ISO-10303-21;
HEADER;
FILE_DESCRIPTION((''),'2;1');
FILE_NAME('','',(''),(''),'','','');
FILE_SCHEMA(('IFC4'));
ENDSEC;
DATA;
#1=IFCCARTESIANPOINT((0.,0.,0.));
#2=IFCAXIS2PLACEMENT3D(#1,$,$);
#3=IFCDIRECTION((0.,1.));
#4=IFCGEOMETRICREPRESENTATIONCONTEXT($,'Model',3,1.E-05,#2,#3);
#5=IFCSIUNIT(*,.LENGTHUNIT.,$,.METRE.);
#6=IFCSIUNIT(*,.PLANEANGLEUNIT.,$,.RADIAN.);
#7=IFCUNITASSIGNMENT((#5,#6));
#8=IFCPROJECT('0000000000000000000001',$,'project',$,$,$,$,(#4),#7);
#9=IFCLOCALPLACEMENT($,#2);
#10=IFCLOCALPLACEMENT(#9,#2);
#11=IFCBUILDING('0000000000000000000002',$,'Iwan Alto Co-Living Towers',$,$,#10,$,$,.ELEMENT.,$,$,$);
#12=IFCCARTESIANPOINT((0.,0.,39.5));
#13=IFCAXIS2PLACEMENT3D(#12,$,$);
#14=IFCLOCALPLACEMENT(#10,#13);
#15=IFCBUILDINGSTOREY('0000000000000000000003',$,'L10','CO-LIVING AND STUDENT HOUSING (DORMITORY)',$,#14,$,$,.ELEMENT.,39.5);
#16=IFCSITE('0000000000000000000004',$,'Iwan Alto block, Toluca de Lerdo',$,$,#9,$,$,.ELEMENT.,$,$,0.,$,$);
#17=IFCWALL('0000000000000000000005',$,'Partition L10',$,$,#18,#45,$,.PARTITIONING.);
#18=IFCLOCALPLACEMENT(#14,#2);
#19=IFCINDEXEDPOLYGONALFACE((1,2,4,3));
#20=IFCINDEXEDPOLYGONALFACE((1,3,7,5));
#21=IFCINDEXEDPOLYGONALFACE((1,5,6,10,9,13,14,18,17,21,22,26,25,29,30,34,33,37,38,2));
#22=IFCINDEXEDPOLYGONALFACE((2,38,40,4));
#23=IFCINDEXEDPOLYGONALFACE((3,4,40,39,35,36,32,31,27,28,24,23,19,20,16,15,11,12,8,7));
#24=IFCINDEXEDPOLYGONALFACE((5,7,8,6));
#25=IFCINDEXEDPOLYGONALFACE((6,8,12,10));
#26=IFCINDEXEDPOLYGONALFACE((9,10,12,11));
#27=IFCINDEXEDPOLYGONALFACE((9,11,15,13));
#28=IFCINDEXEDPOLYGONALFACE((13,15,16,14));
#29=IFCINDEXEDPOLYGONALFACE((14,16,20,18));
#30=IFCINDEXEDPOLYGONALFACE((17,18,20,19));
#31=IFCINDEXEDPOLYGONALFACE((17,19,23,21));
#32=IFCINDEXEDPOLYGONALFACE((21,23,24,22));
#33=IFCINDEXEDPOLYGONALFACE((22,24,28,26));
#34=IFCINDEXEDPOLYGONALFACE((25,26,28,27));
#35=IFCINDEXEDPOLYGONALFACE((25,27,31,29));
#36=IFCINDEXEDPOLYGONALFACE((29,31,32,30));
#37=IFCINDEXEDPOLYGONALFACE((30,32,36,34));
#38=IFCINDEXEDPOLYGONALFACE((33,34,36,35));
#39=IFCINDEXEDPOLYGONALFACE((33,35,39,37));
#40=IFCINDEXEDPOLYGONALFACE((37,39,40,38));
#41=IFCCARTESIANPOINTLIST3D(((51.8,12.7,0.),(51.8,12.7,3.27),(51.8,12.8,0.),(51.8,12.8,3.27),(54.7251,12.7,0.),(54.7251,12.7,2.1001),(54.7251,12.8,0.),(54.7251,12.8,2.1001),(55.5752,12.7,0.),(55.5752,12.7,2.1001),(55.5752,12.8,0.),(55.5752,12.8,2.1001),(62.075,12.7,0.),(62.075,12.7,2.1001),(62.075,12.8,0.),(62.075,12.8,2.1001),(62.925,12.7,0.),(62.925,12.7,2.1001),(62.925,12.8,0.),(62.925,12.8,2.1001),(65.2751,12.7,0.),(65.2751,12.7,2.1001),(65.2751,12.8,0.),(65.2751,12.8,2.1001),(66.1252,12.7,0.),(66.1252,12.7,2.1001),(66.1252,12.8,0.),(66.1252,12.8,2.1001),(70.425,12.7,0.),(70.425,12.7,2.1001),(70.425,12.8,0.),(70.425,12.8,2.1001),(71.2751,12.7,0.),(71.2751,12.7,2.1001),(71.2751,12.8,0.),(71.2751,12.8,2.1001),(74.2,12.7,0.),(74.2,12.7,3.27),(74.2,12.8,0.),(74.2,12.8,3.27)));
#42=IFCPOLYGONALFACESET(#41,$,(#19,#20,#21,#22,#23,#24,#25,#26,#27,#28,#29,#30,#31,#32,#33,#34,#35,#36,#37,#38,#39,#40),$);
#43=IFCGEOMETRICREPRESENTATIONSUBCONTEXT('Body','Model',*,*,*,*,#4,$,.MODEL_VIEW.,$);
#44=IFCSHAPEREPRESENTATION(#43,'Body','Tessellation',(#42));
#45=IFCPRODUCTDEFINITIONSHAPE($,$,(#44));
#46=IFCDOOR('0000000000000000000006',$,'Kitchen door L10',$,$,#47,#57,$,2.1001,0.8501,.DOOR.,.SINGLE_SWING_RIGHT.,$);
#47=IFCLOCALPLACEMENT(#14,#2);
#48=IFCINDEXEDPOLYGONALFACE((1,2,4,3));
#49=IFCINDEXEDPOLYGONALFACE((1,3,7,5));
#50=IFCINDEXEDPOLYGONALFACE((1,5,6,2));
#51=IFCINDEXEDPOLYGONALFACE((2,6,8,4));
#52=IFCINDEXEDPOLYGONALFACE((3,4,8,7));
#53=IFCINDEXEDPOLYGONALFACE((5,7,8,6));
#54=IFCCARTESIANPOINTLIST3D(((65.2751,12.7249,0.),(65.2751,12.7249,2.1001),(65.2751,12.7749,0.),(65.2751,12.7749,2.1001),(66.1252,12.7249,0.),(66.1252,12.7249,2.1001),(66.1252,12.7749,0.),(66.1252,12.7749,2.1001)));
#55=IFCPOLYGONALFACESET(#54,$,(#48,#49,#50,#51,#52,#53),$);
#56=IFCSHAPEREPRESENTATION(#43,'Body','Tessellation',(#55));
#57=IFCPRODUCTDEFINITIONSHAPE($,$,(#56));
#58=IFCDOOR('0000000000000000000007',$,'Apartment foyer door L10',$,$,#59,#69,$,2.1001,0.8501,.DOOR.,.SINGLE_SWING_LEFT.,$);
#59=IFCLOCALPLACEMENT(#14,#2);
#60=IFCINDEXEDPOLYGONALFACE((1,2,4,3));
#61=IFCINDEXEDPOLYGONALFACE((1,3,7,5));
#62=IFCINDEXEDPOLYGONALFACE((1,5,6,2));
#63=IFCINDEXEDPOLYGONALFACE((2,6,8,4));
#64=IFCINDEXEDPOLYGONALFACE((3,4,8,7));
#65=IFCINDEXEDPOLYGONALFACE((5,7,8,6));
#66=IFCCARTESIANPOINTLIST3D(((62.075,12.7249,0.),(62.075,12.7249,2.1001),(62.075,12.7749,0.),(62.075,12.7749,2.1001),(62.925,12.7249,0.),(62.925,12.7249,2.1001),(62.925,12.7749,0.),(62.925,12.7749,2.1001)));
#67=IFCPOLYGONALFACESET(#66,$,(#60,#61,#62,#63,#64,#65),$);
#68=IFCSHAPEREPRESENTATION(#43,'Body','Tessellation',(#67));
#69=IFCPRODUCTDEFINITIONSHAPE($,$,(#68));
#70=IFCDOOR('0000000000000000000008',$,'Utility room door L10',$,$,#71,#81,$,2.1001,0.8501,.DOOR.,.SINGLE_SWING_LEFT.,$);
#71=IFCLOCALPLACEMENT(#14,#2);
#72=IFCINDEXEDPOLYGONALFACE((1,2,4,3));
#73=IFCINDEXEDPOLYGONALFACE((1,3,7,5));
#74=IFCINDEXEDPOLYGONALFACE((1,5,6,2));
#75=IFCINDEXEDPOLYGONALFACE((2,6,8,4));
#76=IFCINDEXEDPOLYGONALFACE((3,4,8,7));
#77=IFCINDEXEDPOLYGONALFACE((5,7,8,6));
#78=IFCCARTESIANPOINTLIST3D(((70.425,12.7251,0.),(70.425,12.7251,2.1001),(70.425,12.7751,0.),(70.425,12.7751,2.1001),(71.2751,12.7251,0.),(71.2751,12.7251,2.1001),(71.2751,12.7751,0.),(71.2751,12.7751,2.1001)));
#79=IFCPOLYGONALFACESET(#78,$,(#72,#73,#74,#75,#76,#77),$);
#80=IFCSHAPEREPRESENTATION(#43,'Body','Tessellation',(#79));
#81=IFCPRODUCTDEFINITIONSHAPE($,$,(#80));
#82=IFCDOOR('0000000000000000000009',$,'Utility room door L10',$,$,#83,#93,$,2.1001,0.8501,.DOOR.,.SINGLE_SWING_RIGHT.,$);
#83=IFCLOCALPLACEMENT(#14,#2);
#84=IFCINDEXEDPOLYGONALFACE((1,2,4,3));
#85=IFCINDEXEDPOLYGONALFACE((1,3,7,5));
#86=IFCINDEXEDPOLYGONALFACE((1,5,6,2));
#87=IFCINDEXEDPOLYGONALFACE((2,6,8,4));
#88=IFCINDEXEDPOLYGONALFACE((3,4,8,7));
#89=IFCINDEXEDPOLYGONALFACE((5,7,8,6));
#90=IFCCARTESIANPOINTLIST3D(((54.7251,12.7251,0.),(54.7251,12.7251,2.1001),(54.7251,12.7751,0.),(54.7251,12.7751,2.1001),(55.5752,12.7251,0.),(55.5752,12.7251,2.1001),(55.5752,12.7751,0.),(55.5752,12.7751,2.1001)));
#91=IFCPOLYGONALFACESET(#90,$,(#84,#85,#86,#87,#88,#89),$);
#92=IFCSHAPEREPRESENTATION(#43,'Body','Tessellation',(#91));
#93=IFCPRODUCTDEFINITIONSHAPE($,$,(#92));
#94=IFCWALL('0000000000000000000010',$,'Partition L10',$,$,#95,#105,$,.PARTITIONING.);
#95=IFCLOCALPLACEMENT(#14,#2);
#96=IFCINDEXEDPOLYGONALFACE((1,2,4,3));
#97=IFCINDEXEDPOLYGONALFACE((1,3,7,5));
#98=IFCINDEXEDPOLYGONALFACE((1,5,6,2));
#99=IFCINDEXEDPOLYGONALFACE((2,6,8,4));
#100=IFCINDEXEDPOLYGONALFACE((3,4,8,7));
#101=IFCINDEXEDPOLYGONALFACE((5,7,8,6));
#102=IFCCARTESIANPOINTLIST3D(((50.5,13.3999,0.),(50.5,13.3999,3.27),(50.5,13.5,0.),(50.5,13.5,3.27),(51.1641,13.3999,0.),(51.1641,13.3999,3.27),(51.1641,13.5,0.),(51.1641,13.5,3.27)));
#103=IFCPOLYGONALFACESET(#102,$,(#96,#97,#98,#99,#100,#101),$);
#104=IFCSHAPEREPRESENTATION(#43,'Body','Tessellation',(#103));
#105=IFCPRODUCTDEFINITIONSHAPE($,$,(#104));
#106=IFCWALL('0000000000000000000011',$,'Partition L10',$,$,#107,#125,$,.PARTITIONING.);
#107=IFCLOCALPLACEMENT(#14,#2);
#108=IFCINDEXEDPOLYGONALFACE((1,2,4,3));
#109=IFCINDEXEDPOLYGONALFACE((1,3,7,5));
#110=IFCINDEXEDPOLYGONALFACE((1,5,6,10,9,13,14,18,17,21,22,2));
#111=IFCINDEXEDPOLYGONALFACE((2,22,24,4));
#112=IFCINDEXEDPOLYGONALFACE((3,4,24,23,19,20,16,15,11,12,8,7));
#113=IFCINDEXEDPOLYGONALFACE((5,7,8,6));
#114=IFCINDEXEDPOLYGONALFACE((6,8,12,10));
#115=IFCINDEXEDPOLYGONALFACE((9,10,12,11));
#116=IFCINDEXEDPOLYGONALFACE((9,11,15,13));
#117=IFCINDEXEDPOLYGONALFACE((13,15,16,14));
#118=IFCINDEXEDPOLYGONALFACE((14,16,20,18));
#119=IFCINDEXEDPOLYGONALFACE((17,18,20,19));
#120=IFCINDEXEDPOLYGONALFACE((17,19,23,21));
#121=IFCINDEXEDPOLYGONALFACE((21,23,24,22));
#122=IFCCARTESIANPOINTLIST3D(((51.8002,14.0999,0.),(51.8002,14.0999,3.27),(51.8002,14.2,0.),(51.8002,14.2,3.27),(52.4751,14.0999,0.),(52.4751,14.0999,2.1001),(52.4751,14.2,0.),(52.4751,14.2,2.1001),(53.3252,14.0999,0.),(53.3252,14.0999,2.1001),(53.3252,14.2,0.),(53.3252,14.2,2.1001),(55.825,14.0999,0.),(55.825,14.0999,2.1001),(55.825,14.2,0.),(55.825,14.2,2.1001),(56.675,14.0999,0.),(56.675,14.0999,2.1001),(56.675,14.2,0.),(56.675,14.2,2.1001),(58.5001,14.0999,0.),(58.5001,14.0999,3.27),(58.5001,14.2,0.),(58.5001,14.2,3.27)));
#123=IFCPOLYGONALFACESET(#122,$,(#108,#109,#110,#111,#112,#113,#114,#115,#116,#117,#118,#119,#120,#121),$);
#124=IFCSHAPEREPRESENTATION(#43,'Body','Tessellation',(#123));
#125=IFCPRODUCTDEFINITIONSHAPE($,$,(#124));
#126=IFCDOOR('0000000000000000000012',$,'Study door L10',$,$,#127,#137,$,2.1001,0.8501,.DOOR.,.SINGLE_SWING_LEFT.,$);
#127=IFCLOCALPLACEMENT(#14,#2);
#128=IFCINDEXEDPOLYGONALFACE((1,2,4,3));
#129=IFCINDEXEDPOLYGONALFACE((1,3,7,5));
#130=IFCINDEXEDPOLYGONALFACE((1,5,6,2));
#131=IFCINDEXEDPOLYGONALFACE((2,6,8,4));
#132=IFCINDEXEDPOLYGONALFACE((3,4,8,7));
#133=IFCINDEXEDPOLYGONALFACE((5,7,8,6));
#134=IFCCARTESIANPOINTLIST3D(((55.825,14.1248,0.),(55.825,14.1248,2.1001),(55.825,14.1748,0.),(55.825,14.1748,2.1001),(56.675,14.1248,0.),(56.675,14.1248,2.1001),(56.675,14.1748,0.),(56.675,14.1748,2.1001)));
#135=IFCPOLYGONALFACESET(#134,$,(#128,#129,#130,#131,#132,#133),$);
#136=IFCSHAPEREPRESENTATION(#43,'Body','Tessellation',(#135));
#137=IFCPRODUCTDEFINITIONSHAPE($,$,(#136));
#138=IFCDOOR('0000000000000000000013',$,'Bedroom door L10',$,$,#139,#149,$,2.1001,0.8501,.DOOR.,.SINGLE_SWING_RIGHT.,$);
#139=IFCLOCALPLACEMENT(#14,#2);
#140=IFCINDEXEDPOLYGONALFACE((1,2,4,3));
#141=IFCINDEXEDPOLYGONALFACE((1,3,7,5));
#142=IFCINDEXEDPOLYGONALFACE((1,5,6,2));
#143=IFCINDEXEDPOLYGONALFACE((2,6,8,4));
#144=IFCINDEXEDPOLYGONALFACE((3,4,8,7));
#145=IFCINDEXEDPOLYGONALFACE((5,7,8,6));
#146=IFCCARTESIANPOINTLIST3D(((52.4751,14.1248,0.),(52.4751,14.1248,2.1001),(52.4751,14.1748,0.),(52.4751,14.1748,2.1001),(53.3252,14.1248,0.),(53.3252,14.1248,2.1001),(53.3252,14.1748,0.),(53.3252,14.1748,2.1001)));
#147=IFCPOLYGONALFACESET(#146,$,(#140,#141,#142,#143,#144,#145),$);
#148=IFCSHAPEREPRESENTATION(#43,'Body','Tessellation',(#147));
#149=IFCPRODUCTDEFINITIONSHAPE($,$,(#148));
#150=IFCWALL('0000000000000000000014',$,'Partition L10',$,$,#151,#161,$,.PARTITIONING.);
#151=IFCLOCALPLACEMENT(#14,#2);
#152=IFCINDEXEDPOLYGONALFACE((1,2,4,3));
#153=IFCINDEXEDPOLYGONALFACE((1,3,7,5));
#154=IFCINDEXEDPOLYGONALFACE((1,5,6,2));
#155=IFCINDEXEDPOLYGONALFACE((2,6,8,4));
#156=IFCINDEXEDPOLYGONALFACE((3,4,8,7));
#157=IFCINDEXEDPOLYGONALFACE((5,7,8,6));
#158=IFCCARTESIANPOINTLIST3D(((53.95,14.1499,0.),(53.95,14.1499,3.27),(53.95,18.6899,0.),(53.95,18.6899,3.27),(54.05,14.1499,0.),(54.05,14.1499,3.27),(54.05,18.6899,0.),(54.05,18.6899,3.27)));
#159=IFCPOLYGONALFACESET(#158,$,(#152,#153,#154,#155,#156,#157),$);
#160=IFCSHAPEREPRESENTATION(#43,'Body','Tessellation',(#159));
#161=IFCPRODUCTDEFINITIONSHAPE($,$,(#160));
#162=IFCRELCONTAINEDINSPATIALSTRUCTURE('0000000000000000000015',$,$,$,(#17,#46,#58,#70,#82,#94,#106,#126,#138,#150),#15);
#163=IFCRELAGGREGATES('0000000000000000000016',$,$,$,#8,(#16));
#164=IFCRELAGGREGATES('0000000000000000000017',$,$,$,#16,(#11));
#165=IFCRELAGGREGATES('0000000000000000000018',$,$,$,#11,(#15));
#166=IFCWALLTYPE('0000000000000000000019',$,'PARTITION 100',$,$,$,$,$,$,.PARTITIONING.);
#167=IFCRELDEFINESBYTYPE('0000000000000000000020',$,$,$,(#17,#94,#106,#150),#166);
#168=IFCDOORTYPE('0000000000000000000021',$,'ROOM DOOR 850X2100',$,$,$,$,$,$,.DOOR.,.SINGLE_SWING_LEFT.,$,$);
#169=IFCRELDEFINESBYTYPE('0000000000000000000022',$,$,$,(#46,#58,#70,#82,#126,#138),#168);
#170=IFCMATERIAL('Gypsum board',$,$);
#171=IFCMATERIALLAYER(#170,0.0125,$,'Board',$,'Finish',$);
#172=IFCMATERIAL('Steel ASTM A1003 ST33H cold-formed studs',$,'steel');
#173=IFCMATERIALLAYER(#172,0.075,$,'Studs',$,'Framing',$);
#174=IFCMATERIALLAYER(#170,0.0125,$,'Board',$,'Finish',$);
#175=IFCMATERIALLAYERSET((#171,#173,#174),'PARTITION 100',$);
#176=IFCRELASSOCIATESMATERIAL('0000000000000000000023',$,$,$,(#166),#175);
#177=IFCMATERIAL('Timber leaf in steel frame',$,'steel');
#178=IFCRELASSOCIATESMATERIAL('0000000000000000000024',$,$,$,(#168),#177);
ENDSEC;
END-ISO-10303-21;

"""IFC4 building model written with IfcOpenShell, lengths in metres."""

from ifc_helpers import new_model, si_unit, direction, frame, frame_2d, origin, place, context, subcontext, project, spatial, rectangle, extrude, material, layer, layer_set, type_object, element, fill, save


model = new_model("IFC4")

# Units and contexts
model_context = context("Model", 3, precision=1e-05, world=origin(), true_north=direction((0.0, 1.0)))
body_context = subcontext(model_context, "Body", "Model", "MODEL_VIEW")
ifc_project = project(units=[si_unit("LENGTHUNIT", "METRE"), si_unit("PLANEANGLEUNIT", "RADIAN")], contexts=[model_context])

# Site, building, storey
site_placement = place(None, origin())
site = spatial("IfcSite", under=ifc_project, at=site_placement, Name="Iwan Alto block, Toluca de Lerdo", CompositionType="ELEMENT", RefElevation=0.0)
building_placement = place(site_placement, origin())
building = spatial("IfcBuilding", under=site, at=building_placement, Name="Iwan Alto Co-Living Towers", CompositionType="ELEMENT")
storey_placement = place(building_placement, frame((0.0, 0.0, 39.5)))
storey = spatial("IfcBuildingStorey", under=building, at=storey_placement, Name="L10", Description="CO-LIVING AND STUDENT HOUSING (DORMITORY)", CompositionType="ELEMENT", Elevation=39.5)

# Shared definitions
ifc_material_1 = material(Name="Gypsum board")
ifc_material_2 = material(Name="Steel ASTM A1003 ST33H cold-formed studs", Category="steel")

# Wall, openings, doors
ifc_layer_1 = layer(ifc_material_1, 0.0125, Name="Board", Category="Finish")
ifc_layer_2 = layer(ifc_material_2, 0.075, Name="Studs", Category="Framing")
ifc_layer_3 = layer(ifc_material_1, 0.0125, Name="Board", Category="Finish")
ifc_layer_set_1 = layer_set([ifc_layer_1, ifc_layer_2, ifc_layer_3], Name="PARTITION 100")
wall_type_1 = type_object("IfcWallType", Name="PARTITION 100", PredefinedType="PARTITIONING", material=ifc_layer_set_1)
wall_1_placement = place(storey_placement, frame((51.8, 12.75, 0.0), z_axis=(0.0, 0.0, 1.0), x_axis=(1.0, 0.0, 0.0)))
wall_1 = element("IfcWall", 1, at=wall_1_placement, inside=storey, type_object=wall_type_1, Name="Partition L10", PredefinedType="PARTITIONING", context=body_context, shape_type="SweptSolid", body=[
    extrude(rectangle(XDim=22.3999, YDim=0.1001, at=frame_2d((11.2, 0.0))), origin(), (0.0, 0.0, 1.0), 3.27),
])
opening_1_placement = place(wall_1_placement, frame((13.4751, 0.0, 0.0)))
opening_1 = element("IfcOpeningElement", 2, at=opening_1_placement, cuts=wall_1, PredefinedType="OPENING", context=body_context, shape_type="SweptSolid", body=[
    extrude(rectangle(XDim=0.8501, YDim=2.1001, at=frame_2d((0.425, 1.05))), frame((0.0, 0.0601, 0.0), z_axis=(0.0, -1.0, 0.0), x_axis=(1.0, 0.0, 0.0)), (0.0, 0.0, 1.0), 0.1201),
])
opening_2_placement = place(wall_1_placement, frame((10.2749, 0.0, 0.0)))
opening_2 = element("IfcOpeningElement", 3, at=opening_2_placement, cuts=wall_1, PredefinedType="OPENING", context=body_context, shape_type="SweptSolid", body=[
    extrude(rectangle(XDim=0.8501, YDim=2.1001, at=frame_2d((0.425, 1.05))), frame((0.0, 0.0601, 0.0), z_axis=(0.0, -1.0, 0.0), x_axis=(1.0, 0.0, 0.0)), (0.0, 0.0, 1.0), 0.1201),
])
opening_3_placement = place(wall_1_placement, frame((18.625, 0.0, 0.0)))
opening_3 = element("IfcOpeningElement", 4, at=opening_3_placement, cuts=wall_1, PredefinedType="OPENING", context=body_context, shape_type="SweptSolid", body=[
    extrude(rectangle(XDim=0.8501, YDim=2.1001, at=frame_2d((0.425, 1.05))), frame((0.0, 0.0601, 0.0), z_axis=(0.0, -1.0, 0.0), x_axis=(1.0, 0.0, 0.0)), (0.0, 0.0, 1.0), 0.1201),
])
opening_4_placement = place(wall_1_placement, frame((2.925, 0.0, 0.0)))
opening_4 = element("IfcOpeningElement", 5, at=opening_4_placement, cuts=wall_1, PredefinedType="OPENING", context=body_context, shape_type="SweptSolid", body=[
    extrude(rectangle(XDim=0.8501, YDim=2.1001, at=frame_2d((0.425, 1.05))), frame((0.0, 0.0601, 0.0), z_axis=(0.0, -1.0, 0.0), x_axis=(1.0, 0.0, 0.0)), (0.0, 0.0, 1.0), 0.1201),
])
ifc_material_3 = material(Name="Timber leaf in steel frame", Category="steel")
door_type_1 = type_object("IfcDoorType", Name="ROOM DOOR 850X2100", OperationType="SINGLE_SWING_LEFT", PredefinedType="DOOR", material=ifc_material_3)
door_1_placement = place(opening_1_placement, origin())
door_1 = element("IfcDoor", 6, at=door_1_placement, inside=storey, type_object=door_type_1, Name="Kitchen door L10", OperationType="SINGLE_SWING_RIGHT", OverallHeight=2.1001, OverallWidth=0.8501, PredefinedType="DOOR", context=body_context, shape_type="SweptSolid", body=[
    extrude(rectangle(XDim=0.8501, YDim=2.1001, at=frame_2d((0.425, 1.05))), frame((0.0, 0.0249, 0.0), z_axis=(0.0, -1.0, 0.0), x_axis=(1.0, 0.0, 0.0)), (0.0, 0.0, 1.0), 0.05),
])
fill(opening_1, door_1)
door_2_placement = place(opening_2_placement, origin())
door_2 = element("IfcDoor", 7, at=door_2_placement, inside=storey, type_object=door_type_1, Name="Apartment foyer door L10", OperationType="SINGLE_SWING_LEFT", OverallHeight=2.1001, OverallWidth=0.8501, PredefinedType="DOOR", context=body_context, shape_type="SweptSolid", body=[
    extrude(rectangle(XDim=0.8501, YDim=2.1001, at=frame_2d((0.425, 1.05))), frame((0.0, 0.0249, 0.0), z_axis=(0.0, -1.0, 0.0), x_axis=(1.0, 0.0, 0.0)), (0.0, 0.0, 1.0), 0.05),
])
fill(opening_2, door_2)
door_3_placement = place(opening_3_placement, frame((0.8501, 0.0, 0.0), z_axis=(0.0, 0.0, 1.0), x_axis=(-1.0, 0.0, 0.0)))
door_3 = element("IfcDoor", 8, at=door_3_placement, inside=storey, type_object=door_type_1, Name="Utility room door L10", OperationType="SINGLE_SWING_LEFT", OverallHeight=2.1001, OverallWidth=0.8501, PredefinedType="DOOR", context=body_context, shape_type="SweptSolid", body=[
    extrude(rectangle(XDim=0.8501, YDim=2.1001, at=frame_2d((0.425, 1.05))), frame((0.0, 0.0249, 0.0), z_axis=(0.0, -1.0, 0.0), x_axis=(1.0, 0.0, 0.0)), (0.0, 0.0, 1.0), 0.05),
])
fill(opening_3, door_3)
door_4_placement = place(opening_4_placement, frame((0.8501, 0.0, 0.0), z_axis=(0.0, 0.0, 1.0), x_axis=(-1.0, 0.0, 0.0)))
door_4 = element("IfcDoor", 9, at=door_4_placement, inside=storey, type_object=door_type_1, Name="Utility room door L10", OperationType="SINGLE_SWING_RIGHT", OverallHeight=2.1001, OverallWidth=0.8501, PredefinedType="DOOR", context=body_context, shape_type="SweptSolid", body=[
    extrude(rectangle(XDim=0.8501, YDim=2.1001, at=frame_2d((0.425, 1.05))), frame((0.0, 0.0249, 0.0), z_axis=(0.0, -1.0, 0.0), x_axis=(1.0, 0.0, 0.0)), (0.0, 0.0, 1.0), 0.05),
])
fill(opening_4, door_4)

# Wall
wall_2_placement = place(storey_placement, frame((50.5, 13.45, 0.0), z_axis=(0.0, 0.0, 1.0), x_axis=(1.0, 0.0, 0.0)))
element("IfcWall", 10, at=wall_2_placement, inside=storey, type_object=wall_type_1, Name="Partition L10", PredefinedType="PARTITIONING", context=body_context, shape_type="SweptSolid", body=[
    extrude(rectangle(XDim=0.6641, YDim=0.1001, at=frame_2d((0.332, 0.0))), origin(), (0.0, 0.0, 1.0), 3.27),
])

# Wall, openings, doors
wall_3_placement = place(storey_placement, frame((51.8, 14.1499, 0.0), z_axis=(0.0, 0.0, 1.0), x_axis=(1.0, 0.0, 0.0)))
wall_3 = element("IfcWall", 11, at=wall_3_placement, inside=storey, type_object=wall_type_1, Name="Partition L10", PredefinedType="PARTITIONING", context=body_context, shape_type="SweptSolid", body=[
    extrude(rectangle(XDim=6.7, YDim=0.1001, at=frame_2d((3.3501, 0.0))), origin(), (0.0, 0.0, 1.0), 3.27),
])
opening_5_placement = place(wall_3_placement, frame((4.0249, 0.0, 0.0)))
opening_5 = element("IfcOpeningElement", 12, at=opening_5_placement, cuts=wall_3, PredefinedType="OPENING", context=body_context, shape_type="SweptSolid", body=[
    extrude(rectangle(XDim=0.8501, YDim=2.1001, at=frame_2d((0.425, 1.05))), frame((0.0, 0.0601, 0.0), z_axis=(0.0, -1.0, 0.0), x_axis=(1.0, 0.0, 0.0)), (0.0, 0.0, 1.0), 0.1201),
])
opening_6_placement = place(wall_3_placement, frame((0.675, 0.0, 0.0)))
opening_6 = element("IfcOpeningElement", 13, at=opening_6_placement, cuts=wall_3, PredefinedType="OPENING", context=body_context, shape_type="SweptSolid", body=[
    extrude(rectangle(XDim=0.8501, YDim=2.1001, at=frame_2d((0.425, 1.05))), frame((0.0, 0.0601, 0.0), z_axis=(0.0, -1.0, 0.0), x_axis=(1.0, 0.0, 0.0)), (0.0, 0.0, 1.0), 0.1201),
])
door_5_placement = place(opening_5_placement, origin())
door_5 = element("IfcDoor", 14, at=door_5_placement, inside=storey, type_object=door_type_1, Name="Study door L10", OperationType="SINGLE_SWING_LEFT", OverallHeight=2.1001, OverallWidth=0.8501, PredefinedType="DOOR", context=body_context, shape_type="SweptSolid", body=[
    extrude(rectangle(XDim=0.8501, YDim=2.1001, at=frame_2d((0.425, 1.05))), frame((0.0, 0.0249, 0.0), z_axis=(0.0, -1.0, 0.0), x_axis=(1.0, 0.0, 0.0)), (0.0, 0.0, 1.0), 0.05),
])
fill(opening_5, door_5)
door_6_placement = place(opening_6_placement, origin())
door_6 = element("IfcDoor", 15, at=door_6_placement, inside=storey, type_object=door_type_1, Name="Bedroom door L10", OperationType="SINGLE_SWING_RIGHT", OverallHeight=2.1001, OverallWidth=0.8501, PredefinedType="DOOR", context=body_context, shape_type="SweptSolid", body=[
    extrude(rectangle(XDim=0.8501, YDim=2.1001, at=frame_2d((0.425, 1.05))), frame((0.0, 0.0249, 0.0), z_axis=(0.0, -1.0, 0.0), x_axis=(1.0, 0.0, 0.0)), (0.0, 0.0, 1.0), 0.05),
])
fill(opening_6, door_6)

# Wall
wall_4_placement = place(storey_placement, frame((54.0, 14.1499, 0.0), z_axis=(0.0, 0.0, 1.0), x_axis=(0.0, 1.0, 0.0)))
element("IfcWall", 16, at=wall_4_placement, inside=storey, type_object=wall_type_1, Name="Partition L10", PredefinedType="PARTITIONING", context=body_context, shape_type="SweptSolid", body=[
    extrude(rectangle(XDim=4.54, YDim=0.1001, at=frame_2d((2.27, 0.0))), origin(), (0.0, 0.0, 1.0), 3.27),
])

save(model, "model.ifc")
